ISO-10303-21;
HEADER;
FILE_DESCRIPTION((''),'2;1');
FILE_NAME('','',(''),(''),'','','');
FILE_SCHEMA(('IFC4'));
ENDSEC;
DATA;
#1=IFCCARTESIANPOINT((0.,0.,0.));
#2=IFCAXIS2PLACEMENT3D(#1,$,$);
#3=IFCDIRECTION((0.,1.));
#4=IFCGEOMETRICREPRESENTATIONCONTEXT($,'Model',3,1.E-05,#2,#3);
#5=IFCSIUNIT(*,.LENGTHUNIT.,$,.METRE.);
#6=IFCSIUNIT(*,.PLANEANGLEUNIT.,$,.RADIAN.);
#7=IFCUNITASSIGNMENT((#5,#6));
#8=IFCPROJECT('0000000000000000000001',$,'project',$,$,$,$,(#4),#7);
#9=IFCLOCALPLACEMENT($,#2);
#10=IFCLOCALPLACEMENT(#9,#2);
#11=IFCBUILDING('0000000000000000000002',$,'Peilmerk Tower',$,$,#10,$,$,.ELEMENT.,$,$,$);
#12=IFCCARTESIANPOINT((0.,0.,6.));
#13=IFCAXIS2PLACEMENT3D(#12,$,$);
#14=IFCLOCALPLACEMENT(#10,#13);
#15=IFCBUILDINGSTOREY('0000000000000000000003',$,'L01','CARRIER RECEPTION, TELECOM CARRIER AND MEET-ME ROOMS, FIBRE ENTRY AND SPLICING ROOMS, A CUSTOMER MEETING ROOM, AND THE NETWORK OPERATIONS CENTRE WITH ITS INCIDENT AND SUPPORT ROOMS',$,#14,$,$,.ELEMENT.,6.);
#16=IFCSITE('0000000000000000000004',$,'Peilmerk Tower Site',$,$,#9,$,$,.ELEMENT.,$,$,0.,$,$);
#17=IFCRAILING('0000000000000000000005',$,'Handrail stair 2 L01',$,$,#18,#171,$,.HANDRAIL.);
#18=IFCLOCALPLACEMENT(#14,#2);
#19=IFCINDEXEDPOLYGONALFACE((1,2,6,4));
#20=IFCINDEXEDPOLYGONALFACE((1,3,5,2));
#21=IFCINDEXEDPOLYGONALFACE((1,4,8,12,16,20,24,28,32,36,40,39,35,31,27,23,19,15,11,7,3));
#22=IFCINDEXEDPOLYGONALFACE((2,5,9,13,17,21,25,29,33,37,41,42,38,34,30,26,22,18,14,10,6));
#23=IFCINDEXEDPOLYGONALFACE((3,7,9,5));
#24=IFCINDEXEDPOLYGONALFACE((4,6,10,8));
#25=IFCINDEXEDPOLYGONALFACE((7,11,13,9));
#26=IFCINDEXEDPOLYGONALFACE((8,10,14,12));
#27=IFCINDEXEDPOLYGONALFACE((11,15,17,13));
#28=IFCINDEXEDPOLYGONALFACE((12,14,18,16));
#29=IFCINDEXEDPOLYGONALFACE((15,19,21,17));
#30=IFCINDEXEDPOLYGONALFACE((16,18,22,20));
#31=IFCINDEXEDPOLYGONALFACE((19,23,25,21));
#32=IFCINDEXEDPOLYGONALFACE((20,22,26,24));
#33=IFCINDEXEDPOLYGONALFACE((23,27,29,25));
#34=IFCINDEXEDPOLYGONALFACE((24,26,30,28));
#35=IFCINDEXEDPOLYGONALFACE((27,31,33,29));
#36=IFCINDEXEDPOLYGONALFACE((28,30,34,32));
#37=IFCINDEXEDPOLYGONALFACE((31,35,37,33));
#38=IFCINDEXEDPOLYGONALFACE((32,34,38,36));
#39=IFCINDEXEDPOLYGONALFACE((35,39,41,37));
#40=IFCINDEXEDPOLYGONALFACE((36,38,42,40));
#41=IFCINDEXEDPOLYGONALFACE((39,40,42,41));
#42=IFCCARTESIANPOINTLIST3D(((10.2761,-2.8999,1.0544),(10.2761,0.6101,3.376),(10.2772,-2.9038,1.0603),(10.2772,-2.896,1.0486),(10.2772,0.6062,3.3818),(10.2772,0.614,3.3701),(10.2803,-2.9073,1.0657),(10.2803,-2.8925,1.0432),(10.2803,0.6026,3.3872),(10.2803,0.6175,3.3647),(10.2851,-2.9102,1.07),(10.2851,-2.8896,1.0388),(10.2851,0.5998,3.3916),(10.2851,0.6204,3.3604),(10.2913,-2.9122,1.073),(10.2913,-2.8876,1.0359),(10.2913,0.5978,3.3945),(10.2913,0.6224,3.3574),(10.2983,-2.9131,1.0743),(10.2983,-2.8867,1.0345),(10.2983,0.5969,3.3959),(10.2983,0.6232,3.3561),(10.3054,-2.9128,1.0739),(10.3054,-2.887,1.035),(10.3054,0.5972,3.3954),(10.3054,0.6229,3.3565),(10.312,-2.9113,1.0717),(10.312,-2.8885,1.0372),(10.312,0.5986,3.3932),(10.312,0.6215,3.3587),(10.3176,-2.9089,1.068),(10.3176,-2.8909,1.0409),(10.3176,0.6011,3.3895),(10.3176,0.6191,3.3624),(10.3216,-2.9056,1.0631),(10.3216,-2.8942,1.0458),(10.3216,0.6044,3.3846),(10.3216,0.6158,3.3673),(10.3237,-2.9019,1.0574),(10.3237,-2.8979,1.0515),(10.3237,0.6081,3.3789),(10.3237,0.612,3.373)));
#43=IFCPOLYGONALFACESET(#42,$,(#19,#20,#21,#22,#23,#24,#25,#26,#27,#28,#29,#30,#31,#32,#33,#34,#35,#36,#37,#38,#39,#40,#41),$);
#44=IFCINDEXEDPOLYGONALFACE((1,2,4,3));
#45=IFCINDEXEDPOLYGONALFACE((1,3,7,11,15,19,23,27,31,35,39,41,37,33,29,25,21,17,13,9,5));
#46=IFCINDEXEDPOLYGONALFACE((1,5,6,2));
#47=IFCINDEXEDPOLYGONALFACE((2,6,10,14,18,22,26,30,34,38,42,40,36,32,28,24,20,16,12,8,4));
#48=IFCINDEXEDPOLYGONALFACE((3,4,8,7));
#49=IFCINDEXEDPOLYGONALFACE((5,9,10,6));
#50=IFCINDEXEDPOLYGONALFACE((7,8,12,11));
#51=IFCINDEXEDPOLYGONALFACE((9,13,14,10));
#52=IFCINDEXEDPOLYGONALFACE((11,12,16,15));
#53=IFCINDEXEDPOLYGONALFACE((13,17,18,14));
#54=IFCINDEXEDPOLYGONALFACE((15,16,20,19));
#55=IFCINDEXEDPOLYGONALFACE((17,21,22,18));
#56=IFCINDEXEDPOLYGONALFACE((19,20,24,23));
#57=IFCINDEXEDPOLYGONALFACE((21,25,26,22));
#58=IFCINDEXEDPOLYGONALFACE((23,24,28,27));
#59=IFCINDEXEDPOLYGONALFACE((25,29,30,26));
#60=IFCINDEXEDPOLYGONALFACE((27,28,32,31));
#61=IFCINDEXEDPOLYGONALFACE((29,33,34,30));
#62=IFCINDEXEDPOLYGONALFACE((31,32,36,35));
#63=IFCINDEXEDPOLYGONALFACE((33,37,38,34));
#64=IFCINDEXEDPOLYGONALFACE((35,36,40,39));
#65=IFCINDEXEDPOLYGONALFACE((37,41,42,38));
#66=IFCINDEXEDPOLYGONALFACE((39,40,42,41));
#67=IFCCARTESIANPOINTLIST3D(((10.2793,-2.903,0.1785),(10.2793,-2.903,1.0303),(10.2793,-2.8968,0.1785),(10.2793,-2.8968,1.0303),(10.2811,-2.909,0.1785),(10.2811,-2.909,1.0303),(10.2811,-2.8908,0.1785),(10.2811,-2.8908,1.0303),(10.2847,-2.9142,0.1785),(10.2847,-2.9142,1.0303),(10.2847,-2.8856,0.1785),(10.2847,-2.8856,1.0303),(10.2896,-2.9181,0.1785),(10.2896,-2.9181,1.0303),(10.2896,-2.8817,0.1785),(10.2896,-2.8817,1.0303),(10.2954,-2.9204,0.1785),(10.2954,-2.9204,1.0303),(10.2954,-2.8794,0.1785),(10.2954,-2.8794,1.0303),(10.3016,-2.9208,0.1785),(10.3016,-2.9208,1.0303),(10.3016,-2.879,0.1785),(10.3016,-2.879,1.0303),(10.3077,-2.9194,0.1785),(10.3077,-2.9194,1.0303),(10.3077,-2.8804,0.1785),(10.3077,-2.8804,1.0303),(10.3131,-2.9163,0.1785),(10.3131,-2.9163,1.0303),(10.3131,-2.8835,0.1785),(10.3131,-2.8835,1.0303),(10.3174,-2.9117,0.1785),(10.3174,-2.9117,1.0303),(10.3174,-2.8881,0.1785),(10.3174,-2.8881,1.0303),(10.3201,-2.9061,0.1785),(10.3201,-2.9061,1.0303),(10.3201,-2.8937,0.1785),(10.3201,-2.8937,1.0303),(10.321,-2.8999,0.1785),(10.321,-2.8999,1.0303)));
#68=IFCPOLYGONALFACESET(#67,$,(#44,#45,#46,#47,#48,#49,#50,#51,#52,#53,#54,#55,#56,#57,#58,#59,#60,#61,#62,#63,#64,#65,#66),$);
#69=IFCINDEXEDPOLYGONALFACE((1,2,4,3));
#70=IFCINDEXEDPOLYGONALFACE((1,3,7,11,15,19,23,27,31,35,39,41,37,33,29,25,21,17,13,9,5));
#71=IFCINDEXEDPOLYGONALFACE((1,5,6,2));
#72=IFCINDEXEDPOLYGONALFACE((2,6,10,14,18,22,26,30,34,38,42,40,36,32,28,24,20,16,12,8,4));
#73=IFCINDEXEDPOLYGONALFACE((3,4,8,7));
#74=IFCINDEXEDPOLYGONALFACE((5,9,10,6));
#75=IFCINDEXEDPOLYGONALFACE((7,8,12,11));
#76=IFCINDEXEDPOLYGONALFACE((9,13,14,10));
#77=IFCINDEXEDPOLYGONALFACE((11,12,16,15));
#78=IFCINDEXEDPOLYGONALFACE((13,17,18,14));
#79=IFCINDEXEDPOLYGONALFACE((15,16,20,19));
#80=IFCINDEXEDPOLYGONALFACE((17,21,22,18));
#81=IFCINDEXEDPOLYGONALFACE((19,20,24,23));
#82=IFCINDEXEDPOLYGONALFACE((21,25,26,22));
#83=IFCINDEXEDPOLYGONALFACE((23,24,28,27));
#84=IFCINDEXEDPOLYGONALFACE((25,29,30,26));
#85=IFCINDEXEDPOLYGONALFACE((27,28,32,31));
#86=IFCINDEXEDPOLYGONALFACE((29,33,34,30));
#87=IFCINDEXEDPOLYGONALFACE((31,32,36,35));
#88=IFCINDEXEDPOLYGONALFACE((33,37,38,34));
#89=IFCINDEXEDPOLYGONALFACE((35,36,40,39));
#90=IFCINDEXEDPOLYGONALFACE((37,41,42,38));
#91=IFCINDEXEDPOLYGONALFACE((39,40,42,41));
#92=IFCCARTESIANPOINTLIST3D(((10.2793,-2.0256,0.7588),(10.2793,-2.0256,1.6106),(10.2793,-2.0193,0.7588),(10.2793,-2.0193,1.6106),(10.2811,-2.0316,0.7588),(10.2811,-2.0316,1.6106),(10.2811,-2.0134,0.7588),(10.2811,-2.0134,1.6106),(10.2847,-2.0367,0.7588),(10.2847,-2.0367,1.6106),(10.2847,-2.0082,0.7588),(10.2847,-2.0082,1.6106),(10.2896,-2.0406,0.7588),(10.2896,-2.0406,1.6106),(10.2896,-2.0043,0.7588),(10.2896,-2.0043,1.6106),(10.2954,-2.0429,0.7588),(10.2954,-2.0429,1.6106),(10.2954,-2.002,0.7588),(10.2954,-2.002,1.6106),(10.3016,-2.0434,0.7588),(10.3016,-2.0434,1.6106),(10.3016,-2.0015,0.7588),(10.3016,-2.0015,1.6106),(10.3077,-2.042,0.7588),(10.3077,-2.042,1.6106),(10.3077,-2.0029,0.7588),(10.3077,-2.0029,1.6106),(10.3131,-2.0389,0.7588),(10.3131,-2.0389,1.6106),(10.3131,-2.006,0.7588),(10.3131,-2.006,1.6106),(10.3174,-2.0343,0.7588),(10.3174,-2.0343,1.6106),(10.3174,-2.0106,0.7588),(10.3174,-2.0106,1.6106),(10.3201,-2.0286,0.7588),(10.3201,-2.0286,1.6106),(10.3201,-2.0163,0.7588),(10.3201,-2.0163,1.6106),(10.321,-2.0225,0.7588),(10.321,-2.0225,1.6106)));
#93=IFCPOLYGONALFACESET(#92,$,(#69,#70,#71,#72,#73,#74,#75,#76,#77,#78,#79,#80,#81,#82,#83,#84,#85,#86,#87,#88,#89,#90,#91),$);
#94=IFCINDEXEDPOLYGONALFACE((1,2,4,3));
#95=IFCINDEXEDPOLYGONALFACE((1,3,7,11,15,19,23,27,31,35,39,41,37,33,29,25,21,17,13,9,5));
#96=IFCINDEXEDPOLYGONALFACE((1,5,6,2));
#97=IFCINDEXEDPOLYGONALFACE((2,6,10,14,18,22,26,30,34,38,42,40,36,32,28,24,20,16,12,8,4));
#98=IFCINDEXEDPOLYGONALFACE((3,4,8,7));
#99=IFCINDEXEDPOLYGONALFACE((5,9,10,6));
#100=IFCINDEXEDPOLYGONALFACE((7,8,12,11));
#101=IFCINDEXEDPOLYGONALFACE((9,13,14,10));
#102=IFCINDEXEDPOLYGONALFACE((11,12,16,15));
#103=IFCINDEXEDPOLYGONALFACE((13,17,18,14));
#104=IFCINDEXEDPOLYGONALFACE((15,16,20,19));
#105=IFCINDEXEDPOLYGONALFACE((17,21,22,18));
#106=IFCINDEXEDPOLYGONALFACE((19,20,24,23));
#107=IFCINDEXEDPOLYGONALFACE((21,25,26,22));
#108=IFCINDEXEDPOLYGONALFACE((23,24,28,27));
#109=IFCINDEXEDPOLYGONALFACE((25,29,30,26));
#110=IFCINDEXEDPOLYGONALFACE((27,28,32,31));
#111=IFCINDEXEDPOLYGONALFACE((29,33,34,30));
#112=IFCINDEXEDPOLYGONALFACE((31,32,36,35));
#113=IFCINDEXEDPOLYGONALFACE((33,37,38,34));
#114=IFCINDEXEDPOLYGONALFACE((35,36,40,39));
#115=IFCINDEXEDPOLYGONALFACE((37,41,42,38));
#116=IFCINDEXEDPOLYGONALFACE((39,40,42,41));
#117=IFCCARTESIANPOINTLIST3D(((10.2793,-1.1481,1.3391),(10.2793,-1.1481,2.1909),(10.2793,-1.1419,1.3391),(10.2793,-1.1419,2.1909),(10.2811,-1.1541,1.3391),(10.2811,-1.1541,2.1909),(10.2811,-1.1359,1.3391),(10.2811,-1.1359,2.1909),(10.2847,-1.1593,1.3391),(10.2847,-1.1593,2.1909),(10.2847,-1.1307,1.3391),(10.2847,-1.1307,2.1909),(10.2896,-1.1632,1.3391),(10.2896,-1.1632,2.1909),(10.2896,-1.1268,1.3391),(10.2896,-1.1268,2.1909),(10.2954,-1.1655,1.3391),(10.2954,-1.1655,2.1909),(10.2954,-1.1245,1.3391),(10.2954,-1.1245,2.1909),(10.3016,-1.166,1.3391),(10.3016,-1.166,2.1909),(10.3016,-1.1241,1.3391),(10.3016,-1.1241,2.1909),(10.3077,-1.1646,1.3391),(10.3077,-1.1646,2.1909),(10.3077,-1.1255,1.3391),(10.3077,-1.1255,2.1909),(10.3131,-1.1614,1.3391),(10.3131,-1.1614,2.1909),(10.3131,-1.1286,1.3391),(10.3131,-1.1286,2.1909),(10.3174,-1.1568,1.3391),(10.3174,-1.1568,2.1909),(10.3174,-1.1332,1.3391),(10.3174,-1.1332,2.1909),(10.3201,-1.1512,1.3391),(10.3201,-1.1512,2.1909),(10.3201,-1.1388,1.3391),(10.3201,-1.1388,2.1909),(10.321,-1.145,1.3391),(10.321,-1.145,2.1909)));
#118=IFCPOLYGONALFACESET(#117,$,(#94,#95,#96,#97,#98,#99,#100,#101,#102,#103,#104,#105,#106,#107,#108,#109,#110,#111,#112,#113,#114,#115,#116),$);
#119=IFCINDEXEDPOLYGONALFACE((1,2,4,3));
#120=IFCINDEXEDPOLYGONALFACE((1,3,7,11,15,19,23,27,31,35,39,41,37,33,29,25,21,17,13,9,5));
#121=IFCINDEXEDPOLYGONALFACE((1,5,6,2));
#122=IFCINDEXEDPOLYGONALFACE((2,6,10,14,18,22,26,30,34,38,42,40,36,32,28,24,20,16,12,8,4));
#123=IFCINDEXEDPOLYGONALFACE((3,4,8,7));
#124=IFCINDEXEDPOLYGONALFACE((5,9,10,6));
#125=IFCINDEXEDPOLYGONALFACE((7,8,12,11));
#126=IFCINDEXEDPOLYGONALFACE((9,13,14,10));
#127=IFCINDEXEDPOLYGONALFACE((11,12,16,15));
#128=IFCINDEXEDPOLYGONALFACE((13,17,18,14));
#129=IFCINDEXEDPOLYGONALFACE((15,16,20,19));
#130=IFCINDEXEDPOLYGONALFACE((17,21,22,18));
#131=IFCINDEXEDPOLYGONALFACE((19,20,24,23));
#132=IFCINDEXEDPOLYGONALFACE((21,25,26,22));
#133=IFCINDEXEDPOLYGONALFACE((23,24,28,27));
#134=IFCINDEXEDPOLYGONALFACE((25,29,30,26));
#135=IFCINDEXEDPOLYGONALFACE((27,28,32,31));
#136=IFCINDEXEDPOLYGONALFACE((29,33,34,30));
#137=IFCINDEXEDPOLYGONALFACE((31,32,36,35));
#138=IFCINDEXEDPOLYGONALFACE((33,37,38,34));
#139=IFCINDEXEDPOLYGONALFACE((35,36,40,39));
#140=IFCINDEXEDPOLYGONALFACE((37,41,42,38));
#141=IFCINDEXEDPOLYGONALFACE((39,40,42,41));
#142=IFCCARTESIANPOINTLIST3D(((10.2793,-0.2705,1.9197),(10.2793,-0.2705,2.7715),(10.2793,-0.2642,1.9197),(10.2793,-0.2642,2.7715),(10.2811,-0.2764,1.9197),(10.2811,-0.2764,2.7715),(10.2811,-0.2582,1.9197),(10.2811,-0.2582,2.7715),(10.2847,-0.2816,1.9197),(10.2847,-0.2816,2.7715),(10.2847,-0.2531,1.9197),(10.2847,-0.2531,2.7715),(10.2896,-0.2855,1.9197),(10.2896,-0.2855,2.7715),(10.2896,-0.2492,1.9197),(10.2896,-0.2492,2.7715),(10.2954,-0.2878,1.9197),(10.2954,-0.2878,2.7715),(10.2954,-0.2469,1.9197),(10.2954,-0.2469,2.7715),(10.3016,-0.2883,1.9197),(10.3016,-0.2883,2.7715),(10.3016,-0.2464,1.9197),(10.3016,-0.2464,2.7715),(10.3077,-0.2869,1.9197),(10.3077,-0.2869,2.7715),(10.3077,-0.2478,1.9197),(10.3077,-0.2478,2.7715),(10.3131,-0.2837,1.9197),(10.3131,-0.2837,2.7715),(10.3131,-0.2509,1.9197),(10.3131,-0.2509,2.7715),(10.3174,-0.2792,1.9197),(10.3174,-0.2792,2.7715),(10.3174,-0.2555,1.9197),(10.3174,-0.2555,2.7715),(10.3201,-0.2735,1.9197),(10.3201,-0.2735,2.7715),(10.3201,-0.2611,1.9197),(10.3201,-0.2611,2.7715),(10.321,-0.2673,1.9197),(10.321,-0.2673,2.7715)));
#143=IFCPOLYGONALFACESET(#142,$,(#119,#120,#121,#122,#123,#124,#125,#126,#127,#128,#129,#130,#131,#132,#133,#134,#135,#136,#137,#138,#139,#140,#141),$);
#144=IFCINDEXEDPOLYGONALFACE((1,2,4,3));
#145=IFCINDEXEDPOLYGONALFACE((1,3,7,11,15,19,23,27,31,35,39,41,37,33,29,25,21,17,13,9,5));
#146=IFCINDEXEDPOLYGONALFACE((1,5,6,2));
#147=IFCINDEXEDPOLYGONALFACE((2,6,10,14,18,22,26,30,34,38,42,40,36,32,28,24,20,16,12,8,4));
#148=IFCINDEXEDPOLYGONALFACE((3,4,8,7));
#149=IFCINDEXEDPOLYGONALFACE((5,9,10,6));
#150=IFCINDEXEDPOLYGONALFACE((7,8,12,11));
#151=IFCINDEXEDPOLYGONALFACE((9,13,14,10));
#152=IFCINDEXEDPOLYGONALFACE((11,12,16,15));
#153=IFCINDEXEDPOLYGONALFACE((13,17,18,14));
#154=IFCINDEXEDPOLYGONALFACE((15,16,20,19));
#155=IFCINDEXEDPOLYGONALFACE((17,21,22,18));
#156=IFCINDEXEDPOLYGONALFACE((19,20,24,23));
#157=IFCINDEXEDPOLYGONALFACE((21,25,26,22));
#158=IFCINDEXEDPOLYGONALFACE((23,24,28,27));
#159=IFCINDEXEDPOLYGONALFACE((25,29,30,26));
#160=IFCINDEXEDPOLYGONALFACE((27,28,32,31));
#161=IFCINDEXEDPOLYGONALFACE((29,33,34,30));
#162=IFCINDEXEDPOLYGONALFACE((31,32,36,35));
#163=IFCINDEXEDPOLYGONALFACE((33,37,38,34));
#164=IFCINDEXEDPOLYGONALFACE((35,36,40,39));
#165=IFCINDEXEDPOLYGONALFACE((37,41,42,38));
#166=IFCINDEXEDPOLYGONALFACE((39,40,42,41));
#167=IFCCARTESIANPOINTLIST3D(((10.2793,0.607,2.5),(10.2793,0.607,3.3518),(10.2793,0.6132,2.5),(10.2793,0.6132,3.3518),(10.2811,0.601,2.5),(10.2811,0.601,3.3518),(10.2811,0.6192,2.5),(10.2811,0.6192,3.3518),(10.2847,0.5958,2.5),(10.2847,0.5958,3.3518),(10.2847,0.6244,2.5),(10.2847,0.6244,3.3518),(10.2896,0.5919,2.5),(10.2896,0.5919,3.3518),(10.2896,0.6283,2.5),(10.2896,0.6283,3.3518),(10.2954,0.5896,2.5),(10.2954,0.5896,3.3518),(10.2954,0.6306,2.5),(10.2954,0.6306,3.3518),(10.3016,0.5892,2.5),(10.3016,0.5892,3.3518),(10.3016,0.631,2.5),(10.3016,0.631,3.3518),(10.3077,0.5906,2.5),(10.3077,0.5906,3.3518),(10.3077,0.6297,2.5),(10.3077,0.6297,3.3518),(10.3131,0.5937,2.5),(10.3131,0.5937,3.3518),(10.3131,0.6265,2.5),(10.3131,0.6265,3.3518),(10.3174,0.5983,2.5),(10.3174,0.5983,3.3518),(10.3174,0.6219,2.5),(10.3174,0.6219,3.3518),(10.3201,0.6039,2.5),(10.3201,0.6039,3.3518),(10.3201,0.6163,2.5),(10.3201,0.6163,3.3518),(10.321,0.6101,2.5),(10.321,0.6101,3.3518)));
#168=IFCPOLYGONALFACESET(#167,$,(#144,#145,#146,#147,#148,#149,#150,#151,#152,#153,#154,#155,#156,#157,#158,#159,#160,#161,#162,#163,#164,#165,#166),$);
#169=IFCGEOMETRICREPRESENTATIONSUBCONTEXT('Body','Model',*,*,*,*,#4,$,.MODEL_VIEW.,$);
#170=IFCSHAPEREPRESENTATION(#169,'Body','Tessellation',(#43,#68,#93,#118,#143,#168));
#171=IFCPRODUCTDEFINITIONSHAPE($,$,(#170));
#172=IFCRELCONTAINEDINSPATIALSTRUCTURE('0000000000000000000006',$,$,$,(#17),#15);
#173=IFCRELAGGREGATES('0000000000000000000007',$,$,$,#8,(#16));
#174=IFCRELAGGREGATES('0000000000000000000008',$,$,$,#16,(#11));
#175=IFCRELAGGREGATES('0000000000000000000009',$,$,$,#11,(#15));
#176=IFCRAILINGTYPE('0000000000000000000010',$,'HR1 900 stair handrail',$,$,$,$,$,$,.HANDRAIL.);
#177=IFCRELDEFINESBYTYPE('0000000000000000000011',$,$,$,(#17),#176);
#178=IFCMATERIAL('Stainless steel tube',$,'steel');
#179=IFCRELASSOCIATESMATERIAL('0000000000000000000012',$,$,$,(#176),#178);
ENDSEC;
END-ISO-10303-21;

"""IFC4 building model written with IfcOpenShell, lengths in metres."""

from ifc_helpers import new_model, si_unit, direction, frame, origin, origin_2d, place, context, subcontext, project, spatial, circle, extrude, material, type_object, element, save


model = new_model("IFC4")

# Units and contexts
model_context = context("Model", 3, precision=1e-05, world=origin(), true_north=direction((0.0, 1.0)))
body_context = subcontext(model_context, "Body", "Model", "MODEL_VIEW")
ifc_project = project(units=[si_unit("LENGTHUNIT", "METRE"), si_unit("PLANEANGLEUNIT", "RADIAN")], contexts=[model_context])

# Site, building, storey
site_placement = place(None, origin())
site = spatial("IfcSite", under=ifc_project, at=site_placement, Name="Peilmerk Tower Site", CompositionType="ELEMENT", RefElevation=0.0)
building_placement = place(site_placement, origin())
building = spatial("IfcBuilding", under=site, at=building_placement, Name="Peilmerk Tower", CompositionType="ELEMENT")
storey_placement = place(building_placement, frame((0.0, 0.0, 6.0)))
storey = spatial("IfcBuildingStorey", under=building, at=storey_placement, Name="L01", Description="CARRIER RECEPTION, TELECOM CARRIER AND MEET-ME ROOMS, FIBRE ENTRY AND SPLICING ROOMS, A CUSTOMER MEETING ROOM, AND THE NETWORK OPERATIONS CENTRE WITH ITS INCIDENT AND SUPPORT ROOMS", CompositionType="ELEMENT", Elevation=6.0)

# Railing
ifc_material_1 = material(Name="Stainless steel tube", Category="steel")
railing_type_1 = type_object("IfcRailingType", Name="HR1 900 stair handrail", PredefinedType="HANDRAIL", material=ifc_material_1)
railing_1_placement = place(storey_placement, frame((10.3, -2.8999, 0.1785)))
element("IfcRailing", 1, at=railing_1_placement, inside=storey, type_object=railing_type_1, Name="Handrail stair 2 L01", PredefinedType="HANDRAIL", context=body_context, shape_type="SweptSolid", body=[
    extrude(circle(Radius=0.0239, at=origin_2d()), frame((0.0, 0.0, 0.876), z_axis=(0.0, 0.834071, 0.551657), x_axis=(-1.0, 0.0, 0.0)), (0.0, 0.0, 1.0), 4.2083),
    extrude(circle(Radius=0.021, at=origin_2d()), origin(), (0.0, 0.0, 1.0), 0.8518),
    extrude(circle(Radius=0.021, at=origin_2d()), frame((0.0, 0.8774, 0.5803)), (0.0, 0.0, 1.0), 0.8518),
    extrude(circle(Radius=0.021, at=origin_2d()), frame((0.0, 1.7549, 1.1606)), (0.0, 0.0, 1.0), 0.8518),
    extrude(circle(Radius=0.021, at=origin_2d()), frame((0.0, 2.6326, 1.7412)), (0.0, 0.0, 1.0), 0.8518),
    extrude(circle(Radius=0.021, at=origin_2d()), frame((0.0, 3.51, 2.3215)), (0.0, 0.0, 1.0), 0.8518),
])

save(model, "model.ifc")
